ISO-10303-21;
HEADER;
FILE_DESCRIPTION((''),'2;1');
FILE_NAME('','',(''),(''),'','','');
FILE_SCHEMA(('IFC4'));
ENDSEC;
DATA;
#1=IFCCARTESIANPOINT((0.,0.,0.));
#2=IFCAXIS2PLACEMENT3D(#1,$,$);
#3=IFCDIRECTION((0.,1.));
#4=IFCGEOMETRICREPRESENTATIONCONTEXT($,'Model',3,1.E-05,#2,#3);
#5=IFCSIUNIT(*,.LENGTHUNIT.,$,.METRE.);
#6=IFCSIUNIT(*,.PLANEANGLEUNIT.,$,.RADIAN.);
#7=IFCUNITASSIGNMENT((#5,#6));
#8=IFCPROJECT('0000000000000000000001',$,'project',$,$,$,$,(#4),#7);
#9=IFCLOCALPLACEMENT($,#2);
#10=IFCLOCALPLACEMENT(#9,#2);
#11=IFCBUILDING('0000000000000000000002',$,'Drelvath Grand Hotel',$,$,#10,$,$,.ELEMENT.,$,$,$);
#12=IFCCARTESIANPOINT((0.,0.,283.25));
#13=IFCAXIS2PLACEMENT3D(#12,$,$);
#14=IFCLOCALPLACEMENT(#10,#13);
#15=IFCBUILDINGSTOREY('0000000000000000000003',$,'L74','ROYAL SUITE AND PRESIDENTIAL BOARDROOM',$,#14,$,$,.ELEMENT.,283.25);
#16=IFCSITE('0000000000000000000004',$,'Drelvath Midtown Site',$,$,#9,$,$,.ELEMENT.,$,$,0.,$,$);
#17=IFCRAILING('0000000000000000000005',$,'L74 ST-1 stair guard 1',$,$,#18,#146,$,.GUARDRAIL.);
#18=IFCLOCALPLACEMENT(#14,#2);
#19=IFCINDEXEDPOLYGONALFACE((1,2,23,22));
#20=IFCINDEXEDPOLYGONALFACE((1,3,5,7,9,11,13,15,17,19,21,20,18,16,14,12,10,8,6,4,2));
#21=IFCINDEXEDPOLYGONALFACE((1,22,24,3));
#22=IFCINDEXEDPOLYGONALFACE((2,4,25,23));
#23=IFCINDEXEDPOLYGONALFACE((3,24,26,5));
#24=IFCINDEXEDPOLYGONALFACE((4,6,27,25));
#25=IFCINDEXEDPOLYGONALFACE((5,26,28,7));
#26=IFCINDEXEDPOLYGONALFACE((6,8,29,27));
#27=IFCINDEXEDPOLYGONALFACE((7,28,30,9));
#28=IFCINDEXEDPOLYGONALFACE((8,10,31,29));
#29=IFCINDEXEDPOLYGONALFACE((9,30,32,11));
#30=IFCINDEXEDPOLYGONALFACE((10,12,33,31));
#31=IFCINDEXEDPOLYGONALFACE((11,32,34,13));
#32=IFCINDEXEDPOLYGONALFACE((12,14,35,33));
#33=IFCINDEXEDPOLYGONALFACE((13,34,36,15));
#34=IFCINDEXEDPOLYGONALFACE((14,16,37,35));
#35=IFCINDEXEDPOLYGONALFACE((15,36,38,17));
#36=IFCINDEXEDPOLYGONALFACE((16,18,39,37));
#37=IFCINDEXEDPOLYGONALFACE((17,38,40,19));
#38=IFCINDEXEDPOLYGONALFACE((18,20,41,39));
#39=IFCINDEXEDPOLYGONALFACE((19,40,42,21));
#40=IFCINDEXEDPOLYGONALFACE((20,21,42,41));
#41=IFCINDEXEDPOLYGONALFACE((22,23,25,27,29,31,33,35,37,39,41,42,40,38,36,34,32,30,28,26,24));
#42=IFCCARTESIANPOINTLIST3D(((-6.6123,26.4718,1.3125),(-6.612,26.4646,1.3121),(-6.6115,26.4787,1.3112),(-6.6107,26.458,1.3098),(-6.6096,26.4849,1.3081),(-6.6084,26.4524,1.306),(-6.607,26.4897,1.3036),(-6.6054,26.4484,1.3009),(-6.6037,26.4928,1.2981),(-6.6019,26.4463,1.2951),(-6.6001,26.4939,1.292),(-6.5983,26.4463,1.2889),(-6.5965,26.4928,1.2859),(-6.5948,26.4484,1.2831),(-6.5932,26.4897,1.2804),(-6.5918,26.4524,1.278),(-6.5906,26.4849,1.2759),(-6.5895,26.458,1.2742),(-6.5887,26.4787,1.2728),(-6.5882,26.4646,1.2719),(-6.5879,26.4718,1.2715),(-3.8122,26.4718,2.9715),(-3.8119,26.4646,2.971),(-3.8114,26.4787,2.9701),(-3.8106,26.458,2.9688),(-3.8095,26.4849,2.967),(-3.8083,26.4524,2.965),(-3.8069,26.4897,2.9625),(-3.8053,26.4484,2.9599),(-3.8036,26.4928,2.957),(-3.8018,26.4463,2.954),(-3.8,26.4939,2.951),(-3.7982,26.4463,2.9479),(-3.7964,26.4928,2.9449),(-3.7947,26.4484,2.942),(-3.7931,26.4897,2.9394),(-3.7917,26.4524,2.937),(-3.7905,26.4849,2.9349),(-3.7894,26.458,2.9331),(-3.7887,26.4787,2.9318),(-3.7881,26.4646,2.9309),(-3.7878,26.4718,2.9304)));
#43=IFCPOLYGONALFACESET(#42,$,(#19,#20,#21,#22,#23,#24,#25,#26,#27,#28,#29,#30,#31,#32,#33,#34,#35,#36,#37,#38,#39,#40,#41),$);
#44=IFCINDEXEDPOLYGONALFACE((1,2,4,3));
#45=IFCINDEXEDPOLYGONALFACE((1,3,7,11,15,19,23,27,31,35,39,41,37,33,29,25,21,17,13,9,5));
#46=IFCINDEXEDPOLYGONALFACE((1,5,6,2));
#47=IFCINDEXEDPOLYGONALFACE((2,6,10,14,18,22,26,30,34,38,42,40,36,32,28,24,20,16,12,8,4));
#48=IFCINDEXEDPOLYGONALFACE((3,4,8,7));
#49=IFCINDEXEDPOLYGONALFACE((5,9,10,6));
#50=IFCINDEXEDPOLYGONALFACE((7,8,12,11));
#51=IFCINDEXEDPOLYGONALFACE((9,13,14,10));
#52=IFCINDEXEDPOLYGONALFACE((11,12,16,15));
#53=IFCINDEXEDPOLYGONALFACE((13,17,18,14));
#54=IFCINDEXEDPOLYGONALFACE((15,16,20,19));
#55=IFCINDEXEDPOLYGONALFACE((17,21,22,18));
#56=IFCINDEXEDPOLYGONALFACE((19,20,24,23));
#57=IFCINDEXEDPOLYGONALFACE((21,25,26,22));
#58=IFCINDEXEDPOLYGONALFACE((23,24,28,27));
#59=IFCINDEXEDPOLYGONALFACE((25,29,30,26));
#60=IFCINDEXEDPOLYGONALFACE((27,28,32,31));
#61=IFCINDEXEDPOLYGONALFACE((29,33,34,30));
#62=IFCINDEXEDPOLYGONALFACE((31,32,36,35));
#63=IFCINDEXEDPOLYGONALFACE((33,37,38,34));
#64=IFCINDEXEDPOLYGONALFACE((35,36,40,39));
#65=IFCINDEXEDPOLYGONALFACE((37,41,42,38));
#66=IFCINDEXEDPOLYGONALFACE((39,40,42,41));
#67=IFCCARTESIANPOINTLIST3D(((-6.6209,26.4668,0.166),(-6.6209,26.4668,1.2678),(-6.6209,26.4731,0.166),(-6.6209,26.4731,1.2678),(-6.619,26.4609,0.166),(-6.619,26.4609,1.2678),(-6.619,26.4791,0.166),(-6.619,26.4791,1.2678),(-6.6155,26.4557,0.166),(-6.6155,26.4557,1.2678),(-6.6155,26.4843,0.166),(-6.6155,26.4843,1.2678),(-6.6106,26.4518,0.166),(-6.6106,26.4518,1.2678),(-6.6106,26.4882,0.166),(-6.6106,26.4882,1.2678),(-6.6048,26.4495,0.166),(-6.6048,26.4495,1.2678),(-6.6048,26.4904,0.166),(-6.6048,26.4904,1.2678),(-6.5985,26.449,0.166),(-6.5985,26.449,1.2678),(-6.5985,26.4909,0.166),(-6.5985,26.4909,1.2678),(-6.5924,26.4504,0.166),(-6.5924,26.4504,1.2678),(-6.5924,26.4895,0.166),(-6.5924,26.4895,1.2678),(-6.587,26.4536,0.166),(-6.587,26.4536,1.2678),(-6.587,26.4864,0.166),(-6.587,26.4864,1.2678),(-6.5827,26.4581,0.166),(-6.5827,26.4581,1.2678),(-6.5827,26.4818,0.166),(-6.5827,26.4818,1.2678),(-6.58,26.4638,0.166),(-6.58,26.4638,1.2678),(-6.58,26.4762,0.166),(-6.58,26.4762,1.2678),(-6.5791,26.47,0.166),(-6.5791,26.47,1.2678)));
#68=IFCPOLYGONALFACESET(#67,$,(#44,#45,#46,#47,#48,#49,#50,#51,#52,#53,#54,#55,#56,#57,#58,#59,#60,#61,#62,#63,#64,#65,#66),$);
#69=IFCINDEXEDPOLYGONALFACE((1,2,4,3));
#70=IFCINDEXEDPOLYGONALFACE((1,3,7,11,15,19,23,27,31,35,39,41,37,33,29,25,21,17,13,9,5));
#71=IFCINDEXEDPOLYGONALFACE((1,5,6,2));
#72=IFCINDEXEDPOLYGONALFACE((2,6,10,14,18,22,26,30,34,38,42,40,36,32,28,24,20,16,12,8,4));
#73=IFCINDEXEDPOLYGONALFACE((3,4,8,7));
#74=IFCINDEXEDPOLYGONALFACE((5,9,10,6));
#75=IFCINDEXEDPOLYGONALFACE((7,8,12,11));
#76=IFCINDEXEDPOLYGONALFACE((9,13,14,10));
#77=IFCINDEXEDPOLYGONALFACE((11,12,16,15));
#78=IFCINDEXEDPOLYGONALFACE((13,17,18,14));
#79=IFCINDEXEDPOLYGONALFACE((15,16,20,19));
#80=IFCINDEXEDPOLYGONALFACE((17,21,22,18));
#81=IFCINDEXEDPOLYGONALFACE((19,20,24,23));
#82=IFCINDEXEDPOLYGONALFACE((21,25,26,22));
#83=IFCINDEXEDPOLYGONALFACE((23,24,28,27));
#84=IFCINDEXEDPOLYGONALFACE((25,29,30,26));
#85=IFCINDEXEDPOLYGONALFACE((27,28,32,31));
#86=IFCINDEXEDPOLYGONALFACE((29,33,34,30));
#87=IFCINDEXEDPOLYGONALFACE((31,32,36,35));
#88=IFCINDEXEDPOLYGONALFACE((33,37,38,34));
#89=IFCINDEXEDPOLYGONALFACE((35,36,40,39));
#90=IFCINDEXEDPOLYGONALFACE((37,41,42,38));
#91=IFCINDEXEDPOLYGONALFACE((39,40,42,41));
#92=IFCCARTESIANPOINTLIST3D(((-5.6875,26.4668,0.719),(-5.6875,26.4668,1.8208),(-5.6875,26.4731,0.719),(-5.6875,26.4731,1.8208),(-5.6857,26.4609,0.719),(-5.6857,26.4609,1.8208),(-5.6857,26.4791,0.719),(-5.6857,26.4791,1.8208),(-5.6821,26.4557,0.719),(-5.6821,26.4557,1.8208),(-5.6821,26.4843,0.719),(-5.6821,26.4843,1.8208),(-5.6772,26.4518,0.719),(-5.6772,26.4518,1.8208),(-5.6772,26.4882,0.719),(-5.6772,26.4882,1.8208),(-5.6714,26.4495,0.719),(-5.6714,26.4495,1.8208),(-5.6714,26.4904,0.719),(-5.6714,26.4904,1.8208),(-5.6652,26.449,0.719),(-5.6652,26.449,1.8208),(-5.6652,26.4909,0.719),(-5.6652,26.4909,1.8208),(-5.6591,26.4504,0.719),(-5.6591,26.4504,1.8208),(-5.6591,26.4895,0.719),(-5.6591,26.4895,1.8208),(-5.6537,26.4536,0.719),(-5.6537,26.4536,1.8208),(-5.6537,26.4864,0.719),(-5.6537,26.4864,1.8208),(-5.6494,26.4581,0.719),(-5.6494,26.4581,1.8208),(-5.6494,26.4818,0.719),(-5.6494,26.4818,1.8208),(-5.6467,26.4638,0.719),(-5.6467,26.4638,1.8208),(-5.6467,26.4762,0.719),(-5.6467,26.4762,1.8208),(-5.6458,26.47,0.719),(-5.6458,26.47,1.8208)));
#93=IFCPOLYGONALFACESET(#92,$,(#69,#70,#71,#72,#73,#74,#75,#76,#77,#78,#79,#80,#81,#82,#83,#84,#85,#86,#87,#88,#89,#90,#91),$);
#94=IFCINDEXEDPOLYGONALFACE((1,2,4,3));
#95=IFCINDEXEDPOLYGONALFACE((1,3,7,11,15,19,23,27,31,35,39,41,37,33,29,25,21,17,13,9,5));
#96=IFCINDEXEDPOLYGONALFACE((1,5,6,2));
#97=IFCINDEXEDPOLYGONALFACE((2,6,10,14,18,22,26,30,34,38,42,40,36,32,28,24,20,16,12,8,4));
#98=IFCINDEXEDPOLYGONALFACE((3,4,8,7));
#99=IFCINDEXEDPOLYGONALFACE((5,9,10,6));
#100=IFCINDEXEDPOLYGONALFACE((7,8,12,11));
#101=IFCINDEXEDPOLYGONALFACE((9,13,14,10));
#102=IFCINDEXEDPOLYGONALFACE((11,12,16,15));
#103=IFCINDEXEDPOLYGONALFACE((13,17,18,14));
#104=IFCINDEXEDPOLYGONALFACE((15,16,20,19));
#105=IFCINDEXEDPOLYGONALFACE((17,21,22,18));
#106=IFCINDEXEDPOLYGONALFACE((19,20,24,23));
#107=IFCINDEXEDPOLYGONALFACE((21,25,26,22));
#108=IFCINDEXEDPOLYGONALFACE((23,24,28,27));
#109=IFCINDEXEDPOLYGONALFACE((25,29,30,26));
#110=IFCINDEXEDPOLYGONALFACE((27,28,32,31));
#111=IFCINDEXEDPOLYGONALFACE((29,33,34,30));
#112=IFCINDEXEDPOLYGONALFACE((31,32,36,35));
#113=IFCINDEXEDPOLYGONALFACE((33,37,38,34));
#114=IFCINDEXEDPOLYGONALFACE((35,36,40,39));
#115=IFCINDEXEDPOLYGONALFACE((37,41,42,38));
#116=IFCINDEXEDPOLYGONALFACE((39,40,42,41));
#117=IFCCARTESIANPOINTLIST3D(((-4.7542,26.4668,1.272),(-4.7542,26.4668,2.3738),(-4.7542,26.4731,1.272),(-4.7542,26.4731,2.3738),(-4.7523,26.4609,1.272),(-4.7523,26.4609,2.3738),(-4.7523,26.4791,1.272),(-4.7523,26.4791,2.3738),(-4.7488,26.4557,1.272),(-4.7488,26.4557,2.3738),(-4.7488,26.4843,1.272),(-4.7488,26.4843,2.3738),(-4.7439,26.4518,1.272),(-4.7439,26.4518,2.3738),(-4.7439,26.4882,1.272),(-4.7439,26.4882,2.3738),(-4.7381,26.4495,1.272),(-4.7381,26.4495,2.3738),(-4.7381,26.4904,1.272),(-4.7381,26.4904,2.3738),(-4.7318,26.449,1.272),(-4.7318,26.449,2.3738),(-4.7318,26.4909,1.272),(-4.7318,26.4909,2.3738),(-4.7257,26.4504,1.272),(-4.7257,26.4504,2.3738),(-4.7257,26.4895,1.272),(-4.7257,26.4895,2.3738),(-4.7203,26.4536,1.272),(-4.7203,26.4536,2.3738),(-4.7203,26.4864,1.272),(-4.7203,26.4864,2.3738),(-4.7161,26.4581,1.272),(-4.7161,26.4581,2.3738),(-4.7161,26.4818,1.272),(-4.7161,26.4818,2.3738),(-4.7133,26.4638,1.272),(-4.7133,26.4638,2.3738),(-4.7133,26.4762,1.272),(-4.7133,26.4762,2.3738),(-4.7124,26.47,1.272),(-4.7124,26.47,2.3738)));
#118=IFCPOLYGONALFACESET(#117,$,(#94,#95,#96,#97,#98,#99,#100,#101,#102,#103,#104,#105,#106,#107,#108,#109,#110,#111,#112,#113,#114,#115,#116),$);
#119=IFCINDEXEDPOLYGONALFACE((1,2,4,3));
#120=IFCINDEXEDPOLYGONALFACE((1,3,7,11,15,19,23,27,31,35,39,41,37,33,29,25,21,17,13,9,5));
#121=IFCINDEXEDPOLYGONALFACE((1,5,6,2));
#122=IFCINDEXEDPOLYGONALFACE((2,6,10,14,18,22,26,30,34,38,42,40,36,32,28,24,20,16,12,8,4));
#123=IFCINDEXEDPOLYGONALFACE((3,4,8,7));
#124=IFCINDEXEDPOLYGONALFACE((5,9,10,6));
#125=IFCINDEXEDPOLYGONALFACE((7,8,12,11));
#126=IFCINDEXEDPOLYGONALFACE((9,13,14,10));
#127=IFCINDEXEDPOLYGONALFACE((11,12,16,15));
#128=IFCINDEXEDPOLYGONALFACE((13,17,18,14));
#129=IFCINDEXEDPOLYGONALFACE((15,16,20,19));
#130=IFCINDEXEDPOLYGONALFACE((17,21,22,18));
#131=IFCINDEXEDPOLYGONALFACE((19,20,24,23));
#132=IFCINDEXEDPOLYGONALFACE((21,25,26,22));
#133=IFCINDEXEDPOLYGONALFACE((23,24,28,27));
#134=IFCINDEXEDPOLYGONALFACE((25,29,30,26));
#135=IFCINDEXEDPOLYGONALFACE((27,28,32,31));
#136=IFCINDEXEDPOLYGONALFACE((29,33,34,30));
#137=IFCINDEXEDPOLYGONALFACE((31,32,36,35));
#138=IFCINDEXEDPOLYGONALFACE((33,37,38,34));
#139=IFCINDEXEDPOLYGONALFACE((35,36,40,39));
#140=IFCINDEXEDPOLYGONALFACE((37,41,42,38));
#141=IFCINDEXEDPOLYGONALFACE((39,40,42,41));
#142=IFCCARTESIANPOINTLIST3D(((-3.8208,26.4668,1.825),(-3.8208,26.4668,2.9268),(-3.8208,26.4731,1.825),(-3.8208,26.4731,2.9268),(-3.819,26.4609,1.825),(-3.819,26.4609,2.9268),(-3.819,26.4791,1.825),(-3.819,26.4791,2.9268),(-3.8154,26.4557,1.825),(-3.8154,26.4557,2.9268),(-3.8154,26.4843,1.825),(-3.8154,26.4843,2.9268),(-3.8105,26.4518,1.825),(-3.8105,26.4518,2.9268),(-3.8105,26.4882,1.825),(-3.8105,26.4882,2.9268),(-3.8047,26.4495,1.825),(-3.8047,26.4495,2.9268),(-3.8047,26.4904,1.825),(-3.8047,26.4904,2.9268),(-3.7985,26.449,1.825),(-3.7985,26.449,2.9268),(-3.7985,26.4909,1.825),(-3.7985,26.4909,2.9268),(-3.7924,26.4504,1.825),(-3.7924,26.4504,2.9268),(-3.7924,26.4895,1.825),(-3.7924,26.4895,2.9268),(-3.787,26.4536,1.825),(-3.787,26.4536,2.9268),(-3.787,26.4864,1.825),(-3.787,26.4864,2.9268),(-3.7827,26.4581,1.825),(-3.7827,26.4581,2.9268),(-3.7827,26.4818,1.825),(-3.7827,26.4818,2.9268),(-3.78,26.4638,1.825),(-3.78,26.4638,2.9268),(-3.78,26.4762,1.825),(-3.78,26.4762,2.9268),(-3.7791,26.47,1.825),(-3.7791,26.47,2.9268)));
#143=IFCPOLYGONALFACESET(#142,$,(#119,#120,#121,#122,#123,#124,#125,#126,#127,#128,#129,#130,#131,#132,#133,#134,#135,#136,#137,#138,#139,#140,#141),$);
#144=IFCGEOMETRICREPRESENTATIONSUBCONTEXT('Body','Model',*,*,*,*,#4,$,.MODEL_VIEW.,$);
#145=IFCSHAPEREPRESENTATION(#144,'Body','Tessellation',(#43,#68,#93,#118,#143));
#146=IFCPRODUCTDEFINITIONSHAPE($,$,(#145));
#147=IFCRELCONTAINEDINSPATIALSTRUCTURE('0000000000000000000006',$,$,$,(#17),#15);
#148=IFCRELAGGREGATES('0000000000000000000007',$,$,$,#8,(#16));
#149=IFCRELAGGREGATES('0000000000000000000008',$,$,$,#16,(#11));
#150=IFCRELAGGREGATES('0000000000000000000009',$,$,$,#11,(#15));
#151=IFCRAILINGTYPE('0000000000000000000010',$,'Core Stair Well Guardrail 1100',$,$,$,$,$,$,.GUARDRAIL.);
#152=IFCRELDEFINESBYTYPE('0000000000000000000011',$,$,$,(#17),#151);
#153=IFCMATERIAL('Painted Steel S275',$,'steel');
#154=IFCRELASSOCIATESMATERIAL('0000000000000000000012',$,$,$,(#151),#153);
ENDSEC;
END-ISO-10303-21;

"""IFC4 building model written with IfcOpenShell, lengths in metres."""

from ifc_helpers import new_model, si_unit, direction, frame, origin, origin_2d, place, context, subcontext, project, spatial, circle, extrude, material, type_object, element, save


model = new_model("IFC4")

# Units and contexts
model_context = context("Model", 3, precision=1e-05, world=origin(), true_north=direction((0.0, 1.0)))
body_context = subcontext(model_context, "Body", "Model", "MODEL_VIEW")
ifc_project = project(units=[si_unit("LENGTHUNIT", "METRE"), si_unit("PLANEANGLEUNIT", "RADIAN")], contexts=[model_context])

# Site, building, storey
site_placement = place(None, origin())
site = spatial("IfcSite", under=ifc_project, at=site_placement, Name="Drelvath Midtown Site", CompositionType="ELEMENT", RefElevation=0.0)
building_placement = place(site_placement, origin())
building = spatial("IfcBuilding", under=site, at=building_placement, Name="Drelvath Grand Hotel", CompositionType="ELEMENT")
storey_placement = place(building_placement, frame((0.0, 0.0, 283.25)))
storey = spatial("IfcBuildingStorey", under=building, at=storey_placement, Name="L74", Description="ROYAL SUITE AND PRESIDENTIAL BOARDROOM", CompositionType="ELEMENT", Elevation=283.25)

# Shared definitions
ifc_material_1 = material(Name="Painted Steel S275", Category="steel")

# Railing
railing_type_1 = type_object("IfcRailingType", Name="Core Stair Well Guardrail 1100", PredefinedType="GUARDRAIL", material=ifc_material_1)
railing_1_placement = place(storey_placement, frame((-6.6001, 26.47, 0.166)))
element("IfcRailing", 1, at=railing_1_placement, inside=storey, type_object=railing_type_1, Name="L74 ST-1 stair guard 1", PredefinedType="GUARDRAIL", context=body_context, shape_type="SweptSolid", body=[
    extrude(circle(Radius=0.0239, at=origin_2d()), frame((0.0, 0.0, 1.126), z_axis=(0.860339, 0.0, 0.509722), x_axis=(0.0, 1.0, 0.0)), (0.0, 0.0, 1.0), 3.2546),
    extrude(circle(Radius=0.021, at=origin_2d()), origin(), (0.0, 0.0, 1.0), 1.1018),
    extrude(circle(Radius=0.021, at=origin_2d()), frame((0.9333, 0.0, 0.553)), (0.0, 0.0, 1.0), 1.1018),
    extrude(circle(Radius=0.021, at=origin_2d()), frame((1.8667, 0.0, 1.106)), (0.0, 0.0, 1.0), 1.1018),
    extrude(circle(Radius=0.021, at=origin_2d()), frame((2.8, 0.0, 1.6589)), (0.0, 0.0, 1.0), 1.1018),
])

save(model, "model.ifc")
